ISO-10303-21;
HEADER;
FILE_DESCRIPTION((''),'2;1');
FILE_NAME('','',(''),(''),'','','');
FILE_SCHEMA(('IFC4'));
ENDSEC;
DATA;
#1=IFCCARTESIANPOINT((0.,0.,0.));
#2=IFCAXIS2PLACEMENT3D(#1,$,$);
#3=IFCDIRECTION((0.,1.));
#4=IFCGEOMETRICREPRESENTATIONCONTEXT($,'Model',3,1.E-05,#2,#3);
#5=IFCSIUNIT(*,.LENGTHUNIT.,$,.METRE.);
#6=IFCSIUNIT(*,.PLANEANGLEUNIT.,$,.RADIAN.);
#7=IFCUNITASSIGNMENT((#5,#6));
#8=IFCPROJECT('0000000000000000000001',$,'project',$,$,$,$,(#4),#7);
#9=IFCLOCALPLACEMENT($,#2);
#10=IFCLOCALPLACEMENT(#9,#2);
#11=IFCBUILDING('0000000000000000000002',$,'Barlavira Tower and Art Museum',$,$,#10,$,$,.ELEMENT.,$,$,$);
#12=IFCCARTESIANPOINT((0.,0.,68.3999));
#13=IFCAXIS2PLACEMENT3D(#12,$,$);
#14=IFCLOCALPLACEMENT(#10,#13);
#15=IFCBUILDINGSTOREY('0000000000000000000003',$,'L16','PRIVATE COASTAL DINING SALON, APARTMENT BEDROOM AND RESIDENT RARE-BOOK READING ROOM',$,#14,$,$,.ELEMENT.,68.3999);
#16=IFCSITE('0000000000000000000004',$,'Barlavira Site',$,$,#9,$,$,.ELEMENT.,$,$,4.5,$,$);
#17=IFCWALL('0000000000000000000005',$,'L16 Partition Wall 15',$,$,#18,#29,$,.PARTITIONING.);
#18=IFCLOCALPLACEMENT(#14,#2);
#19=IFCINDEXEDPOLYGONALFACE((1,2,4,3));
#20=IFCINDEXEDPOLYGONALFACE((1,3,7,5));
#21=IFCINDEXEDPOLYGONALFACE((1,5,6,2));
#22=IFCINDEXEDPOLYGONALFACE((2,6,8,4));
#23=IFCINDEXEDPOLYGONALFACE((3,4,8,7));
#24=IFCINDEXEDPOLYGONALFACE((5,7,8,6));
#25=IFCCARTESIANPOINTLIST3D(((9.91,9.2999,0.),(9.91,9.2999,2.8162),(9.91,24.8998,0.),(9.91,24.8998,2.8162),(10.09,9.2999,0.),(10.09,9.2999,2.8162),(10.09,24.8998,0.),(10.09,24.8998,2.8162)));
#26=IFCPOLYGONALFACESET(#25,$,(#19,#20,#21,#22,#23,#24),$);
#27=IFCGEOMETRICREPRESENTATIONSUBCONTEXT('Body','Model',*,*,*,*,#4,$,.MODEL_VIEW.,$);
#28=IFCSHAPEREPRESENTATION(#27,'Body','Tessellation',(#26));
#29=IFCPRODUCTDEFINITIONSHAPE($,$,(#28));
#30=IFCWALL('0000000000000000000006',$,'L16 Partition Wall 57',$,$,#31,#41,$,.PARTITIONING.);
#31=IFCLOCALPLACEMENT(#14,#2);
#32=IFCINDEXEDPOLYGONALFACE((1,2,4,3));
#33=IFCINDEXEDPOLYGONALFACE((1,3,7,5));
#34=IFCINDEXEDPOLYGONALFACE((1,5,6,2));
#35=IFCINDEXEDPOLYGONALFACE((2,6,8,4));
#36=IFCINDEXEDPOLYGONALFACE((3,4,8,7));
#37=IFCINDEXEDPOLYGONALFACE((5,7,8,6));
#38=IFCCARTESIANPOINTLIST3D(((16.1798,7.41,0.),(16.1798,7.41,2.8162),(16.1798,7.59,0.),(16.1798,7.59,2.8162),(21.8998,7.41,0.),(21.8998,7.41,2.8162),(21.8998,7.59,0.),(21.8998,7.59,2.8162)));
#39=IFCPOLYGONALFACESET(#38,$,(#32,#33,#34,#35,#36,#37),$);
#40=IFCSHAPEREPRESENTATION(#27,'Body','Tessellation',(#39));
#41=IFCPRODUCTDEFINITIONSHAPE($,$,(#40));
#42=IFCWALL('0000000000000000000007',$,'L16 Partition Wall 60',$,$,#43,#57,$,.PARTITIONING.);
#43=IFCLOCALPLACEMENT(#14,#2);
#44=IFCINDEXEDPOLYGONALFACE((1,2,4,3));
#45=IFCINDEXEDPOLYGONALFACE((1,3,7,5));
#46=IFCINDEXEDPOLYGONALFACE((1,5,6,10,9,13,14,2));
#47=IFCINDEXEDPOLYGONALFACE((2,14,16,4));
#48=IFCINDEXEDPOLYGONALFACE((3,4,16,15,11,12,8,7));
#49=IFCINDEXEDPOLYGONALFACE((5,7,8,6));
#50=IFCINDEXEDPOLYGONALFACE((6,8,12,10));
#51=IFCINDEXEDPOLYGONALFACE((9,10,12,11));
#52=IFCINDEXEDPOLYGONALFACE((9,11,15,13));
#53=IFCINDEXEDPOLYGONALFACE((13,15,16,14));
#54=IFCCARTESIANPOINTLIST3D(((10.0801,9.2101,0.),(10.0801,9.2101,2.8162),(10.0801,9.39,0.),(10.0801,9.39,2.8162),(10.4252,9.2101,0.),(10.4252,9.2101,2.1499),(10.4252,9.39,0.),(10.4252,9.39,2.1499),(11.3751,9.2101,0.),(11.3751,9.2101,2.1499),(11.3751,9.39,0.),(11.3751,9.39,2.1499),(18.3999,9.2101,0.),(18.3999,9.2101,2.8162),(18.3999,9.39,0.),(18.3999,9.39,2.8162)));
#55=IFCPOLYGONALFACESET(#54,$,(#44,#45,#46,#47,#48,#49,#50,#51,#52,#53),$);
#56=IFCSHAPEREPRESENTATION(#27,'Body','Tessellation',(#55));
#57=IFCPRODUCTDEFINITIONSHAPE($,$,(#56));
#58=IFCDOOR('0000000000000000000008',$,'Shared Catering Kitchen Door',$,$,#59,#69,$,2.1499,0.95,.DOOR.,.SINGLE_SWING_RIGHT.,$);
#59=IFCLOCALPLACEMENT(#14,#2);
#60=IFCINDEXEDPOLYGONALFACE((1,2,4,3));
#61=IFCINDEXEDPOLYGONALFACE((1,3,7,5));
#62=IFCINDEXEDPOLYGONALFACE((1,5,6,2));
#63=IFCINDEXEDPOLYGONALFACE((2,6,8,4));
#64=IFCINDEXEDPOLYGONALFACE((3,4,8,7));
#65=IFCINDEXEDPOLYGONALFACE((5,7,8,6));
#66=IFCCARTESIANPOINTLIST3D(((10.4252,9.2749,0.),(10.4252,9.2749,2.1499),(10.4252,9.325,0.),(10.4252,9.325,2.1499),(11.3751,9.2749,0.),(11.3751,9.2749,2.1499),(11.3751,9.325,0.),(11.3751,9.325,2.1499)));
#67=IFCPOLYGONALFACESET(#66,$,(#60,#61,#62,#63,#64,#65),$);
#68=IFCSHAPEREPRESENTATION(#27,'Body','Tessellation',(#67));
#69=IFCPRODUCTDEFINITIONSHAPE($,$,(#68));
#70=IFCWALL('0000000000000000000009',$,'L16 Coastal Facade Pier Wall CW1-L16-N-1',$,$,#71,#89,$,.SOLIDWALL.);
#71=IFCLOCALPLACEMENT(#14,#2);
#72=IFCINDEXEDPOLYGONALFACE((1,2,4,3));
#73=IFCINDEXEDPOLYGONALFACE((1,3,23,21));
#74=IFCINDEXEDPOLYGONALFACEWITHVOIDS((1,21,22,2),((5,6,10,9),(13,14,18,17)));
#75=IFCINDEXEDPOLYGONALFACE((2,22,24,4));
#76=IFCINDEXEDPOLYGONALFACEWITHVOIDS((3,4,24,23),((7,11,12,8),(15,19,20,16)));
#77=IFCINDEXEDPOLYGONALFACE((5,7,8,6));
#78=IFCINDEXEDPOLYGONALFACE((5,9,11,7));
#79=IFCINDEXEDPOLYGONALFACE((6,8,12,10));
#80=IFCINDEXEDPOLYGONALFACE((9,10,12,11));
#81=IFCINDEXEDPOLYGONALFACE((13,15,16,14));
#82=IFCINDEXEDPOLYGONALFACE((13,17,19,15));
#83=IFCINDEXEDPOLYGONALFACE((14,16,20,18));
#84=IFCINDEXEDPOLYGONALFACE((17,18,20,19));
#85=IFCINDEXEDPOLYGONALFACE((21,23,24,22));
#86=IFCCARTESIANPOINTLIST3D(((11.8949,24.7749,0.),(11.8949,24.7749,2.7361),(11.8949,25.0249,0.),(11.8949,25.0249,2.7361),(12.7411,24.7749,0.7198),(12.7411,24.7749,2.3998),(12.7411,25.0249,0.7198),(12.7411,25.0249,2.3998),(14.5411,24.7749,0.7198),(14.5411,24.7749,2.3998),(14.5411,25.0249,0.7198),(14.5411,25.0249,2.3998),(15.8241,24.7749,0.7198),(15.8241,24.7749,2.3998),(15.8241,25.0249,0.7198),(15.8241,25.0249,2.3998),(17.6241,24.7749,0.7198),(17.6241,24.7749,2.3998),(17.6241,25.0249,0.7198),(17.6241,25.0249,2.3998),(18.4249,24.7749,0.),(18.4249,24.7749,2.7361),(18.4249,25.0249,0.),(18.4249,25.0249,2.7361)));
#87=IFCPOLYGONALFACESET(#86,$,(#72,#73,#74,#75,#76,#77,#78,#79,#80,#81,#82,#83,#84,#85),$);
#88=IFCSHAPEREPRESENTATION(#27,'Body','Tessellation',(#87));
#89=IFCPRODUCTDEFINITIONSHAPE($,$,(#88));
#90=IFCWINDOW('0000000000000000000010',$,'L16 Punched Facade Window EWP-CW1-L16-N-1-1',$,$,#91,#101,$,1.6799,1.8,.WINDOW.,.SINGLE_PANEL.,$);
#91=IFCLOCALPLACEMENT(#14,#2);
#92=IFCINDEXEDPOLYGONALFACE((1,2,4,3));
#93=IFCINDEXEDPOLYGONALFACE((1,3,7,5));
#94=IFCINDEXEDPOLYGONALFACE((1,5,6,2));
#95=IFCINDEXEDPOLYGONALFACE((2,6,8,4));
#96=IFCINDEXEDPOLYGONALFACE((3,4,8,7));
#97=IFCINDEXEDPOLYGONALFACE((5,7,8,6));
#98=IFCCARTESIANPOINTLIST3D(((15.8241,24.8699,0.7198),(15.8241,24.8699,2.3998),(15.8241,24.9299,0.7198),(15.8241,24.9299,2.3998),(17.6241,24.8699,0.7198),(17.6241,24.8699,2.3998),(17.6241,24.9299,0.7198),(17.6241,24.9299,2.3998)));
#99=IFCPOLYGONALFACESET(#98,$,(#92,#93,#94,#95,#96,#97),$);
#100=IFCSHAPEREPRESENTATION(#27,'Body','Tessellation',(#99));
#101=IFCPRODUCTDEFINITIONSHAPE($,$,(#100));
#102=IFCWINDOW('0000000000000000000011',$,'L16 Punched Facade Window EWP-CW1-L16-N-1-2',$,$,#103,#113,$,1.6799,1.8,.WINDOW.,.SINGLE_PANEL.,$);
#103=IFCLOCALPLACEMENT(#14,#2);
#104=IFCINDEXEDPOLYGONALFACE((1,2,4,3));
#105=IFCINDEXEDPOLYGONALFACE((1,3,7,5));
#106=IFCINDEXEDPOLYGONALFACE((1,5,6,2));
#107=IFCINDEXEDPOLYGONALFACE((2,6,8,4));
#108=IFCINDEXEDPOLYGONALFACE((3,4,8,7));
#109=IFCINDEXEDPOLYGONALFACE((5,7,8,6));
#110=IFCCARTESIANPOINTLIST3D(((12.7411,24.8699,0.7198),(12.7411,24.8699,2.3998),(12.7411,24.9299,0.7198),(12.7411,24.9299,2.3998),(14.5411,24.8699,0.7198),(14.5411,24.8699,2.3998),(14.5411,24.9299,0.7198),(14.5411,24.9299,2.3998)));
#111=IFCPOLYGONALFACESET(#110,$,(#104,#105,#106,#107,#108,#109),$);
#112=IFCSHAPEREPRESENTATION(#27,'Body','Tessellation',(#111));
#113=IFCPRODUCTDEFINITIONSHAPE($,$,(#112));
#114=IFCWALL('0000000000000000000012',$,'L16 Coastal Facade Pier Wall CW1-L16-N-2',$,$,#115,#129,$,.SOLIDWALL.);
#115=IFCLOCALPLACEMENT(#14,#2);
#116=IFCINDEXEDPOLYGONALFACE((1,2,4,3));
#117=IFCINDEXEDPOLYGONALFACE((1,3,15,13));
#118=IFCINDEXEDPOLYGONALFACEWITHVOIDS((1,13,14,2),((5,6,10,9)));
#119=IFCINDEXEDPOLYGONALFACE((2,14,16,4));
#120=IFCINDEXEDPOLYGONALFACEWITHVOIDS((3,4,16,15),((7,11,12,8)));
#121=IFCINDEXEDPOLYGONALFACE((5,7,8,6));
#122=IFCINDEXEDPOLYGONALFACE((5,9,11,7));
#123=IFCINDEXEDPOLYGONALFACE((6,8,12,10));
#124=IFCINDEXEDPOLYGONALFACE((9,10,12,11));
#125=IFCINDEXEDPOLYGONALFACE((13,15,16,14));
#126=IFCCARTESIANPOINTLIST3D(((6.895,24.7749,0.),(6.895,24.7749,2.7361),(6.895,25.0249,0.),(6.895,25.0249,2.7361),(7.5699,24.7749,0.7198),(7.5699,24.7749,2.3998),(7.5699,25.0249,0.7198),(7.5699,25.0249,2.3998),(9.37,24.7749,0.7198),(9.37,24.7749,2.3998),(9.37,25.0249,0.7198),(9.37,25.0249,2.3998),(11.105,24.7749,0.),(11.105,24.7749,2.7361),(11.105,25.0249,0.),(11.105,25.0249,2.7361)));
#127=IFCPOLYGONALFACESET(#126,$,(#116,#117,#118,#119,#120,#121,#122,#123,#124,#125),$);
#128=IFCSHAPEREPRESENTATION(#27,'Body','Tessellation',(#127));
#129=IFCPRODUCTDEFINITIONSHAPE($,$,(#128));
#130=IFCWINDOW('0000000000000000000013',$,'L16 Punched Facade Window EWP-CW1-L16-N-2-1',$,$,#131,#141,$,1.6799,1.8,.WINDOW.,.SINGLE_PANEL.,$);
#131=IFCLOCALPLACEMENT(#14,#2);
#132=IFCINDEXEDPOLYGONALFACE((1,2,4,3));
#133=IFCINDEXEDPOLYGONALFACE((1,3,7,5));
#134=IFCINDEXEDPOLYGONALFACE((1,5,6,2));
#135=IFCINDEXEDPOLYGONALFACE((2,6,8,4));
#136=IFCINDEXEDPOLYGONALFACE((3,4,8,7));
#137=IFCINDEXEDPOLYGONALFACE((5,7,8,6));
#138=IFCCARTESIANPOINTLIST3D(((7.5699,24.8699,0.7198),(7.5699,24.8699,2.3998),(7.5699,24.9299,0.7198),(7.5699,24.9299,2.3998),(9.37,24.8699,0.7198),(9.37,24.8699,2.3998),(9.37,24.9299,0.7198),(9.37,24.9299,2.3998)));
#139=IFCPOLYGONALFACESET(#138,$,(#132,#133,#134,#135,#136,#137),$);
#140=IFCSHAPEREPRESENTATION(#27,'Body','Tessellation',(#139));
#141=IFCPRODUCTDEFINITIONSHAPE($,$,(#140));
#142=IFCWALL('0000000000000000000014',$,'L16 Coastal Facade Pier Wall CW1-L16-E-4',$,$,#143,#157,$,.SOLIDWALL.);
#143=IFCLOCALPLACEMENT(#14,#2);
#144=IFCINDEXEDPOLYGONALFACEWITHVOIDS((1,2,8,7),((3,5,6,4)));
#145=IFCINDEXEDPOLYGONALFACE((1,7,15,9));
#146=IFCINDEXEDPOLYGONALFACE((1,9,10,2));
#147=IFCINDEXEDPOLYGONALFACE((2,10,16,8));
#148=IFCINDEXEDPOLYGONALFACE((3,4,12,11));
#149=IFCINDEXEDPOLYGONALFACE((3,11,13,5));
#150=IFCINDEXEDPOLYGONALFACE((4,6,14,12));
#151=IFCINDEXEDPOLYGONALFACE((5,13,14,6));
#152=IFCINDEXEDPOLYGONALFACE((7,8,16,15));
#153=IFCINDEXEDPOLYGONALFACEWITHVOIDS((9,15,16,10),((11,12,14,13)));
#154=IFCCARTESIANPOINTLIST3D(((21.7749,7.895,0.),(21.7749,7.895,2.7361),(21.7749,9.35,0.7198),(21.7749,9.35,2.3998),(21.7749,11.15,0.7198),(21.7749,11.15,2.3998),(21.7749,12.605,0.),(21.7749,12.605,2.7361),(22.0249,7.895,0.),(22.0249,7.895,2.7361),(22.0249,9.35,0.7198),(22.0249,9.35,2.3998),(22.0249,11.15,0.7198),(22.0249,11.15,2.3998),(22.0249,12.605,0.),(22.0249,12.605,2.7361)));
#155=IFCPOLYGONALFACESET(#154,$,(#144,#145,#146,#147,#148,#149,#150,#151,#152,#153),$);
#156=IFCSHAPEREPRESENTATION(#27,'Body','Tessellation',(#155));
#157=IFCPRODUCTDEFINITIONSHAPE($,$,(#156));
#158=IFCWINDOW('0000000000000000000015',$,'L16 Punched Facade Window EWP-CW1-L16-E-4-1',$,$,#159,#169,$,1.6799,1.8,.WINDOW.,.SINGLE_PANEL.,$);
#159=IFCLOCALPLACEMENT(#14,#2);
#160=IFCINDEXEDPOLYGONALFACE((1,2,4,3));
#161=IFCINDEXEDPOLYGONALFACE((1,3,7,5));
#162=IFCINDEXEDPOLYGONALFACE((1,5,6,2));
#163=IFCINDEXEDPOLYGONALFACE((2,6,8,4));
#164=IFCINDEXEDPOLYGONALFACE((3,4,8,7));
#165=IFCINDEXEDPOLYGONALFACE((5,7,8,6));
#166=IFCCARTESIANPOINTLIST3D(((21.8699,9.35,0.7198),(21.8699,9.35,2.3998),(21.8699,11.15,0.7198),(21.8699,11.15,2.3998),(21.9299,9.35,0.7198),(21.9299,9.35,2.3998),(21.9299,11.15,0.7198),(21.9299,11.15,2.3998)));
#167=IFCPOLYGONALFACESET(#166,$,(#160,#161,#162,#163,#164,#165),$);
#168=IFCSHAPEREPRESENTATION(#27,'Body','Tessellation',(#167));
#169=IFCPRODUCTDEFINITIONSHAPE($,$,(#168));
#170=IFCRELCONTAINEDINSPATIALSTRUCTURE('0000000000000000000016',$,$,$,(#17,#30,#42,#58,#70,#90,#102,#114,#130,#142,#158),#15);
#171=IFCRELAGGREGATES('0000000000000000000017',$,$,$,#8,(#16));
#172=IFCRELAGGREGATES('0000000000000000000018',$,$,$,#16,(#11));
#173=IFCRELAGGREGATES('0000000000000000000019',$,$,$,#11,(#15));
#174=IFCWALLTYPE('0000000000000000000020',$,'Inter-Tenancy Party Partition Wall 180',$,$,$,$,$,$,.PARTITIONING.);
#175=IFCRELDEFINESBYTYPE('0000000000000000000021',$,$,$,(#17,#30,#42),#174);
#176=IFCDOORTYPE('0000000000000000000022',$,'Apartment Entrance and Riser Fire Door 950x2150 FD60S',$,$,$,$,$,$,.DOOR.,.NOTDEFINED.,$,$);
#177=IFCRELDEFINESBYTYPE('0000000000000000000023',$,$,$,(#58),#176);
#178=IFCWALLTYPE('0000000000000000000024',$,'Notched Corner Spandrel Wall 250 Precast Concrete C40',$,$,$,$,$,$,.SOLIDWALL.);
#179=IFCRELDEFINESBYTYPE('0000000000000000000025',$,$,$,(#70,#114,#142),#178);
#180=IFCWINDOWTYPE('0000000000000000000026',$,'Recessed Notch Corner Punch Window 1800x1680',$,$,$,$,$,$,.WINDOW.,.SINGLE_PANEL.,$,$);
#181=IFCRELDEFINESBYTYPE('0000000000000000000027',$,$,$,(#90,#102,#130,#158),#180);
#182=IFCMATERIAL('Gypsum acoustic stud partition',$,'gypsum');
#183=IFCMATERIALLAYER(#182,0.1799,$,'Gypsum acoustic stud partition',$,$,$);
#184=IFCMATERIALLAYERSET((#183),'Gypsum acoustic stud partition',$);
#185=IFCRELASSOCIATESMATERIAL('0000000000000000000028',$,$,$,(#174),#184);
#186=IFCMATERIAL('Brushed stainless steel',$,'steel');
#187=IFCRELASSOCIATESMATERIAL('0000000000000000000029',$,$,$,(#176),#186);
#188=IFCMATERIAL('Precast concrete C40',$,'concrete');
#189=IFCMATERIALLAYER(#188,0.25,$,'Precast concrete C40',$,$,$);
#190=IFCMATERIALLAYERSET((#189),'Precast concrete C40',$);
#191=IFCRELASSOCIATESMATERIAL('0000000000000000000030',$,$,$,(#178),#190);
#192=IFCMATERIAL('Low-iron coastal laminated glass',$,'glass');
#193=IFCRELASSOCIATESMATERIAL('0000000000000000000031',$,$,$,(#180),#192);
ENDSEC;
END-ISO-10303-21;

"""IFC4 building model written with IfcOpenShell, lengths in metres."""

from ifc_helpers import new_model, si_unit, direction, frame, frame_2d, origin, place, context, subcontext, project, spatial, rectangle, extrude, material, layer, layer_set, type_object, element, fill, save


model = new_model("IFC4")

# Units and contexts
model_context = context("Model", 3, precision=1e-05, world=origin(), true_north=direction((0.0, 1.0)))
body_context = subcontext(model_context, "Body", "Model", "MODEL_VIEW")
ifc_project = project(units=[si_unit("LENGTHUNIT", "METRE"), si_unit("PLANEANGLEUNIT", "RADIAN")], contexts=[model_context])

# Site, building, storey
site_placement = place(None, origin())
site = spatial("IfcSite", under=ifc_project, at=site_placement, Name="Barlavira Site", CompositionType="ELEMENT", RefElevation=4.5)
building_placement = place(site_placement, origin())
building = spatial("IfcBuilding", under=site, at=building_placement, Name="Barlavira Tower and Art Museum", CompositionType="ELEMENT")
storey_placement = place(building_placement, frame((0.0, 0.0, 68.3999)))
storey = spatial("IfcBuildingStorey", under=building, at=storey_placement, Name="L16", Description="PRIVATE COASTAL DINING SALON, APARTMENT BEDROOM AND RESIDENT RARE-BOOK READING ROOM", CompositionType="ELEMENT", Elevation=68.3999)

# Walls
ifc_material_1 = material(Name="Gypsum acoustic stud partition", Category="gypsum")
ifc_layer_1 = layer(ifc_material_1, 0.1799, Name="Gypsum acoustic stud partition")
ifc_layer_set_1 = layer_set([ifc_layer_1], Name="Gypsum acoustic stud partition")
wall_type_1 = type_object("IfcWallType", Name="Inter-Tenancy Party Partition Wall 180", PredefinedType="PARTITIONING", material=ifc_layer_set_1)
wall_1_placement = place(storey_placement, frame((10.0, 9.3, 0.0), z_axis=(0.0, 0.0, 1.0), x_axis=(0.0, 1.0, 0.0)))
element("IfcWall", 1, at=wall_1_placement, inside=storey, type_object=wall_type_1, Name="L16 Partition Wall 15", PredefinedType="PARTITIONING", context=body_context, shape_type="SweptSolid", body=[
    extrude(rectangle(XDim=15.5999, YDim=0.1799, at=frame_2d((7.7998, 0.0))), origin(), (0.0, 0.0, 1.0), 2.8162),
])
wall_2_placement = place(storey_placement, frame((16.1799, 7.5, 0.0), z_axis=(0.0, 0.0, 1.0), x_axis=(1.0, 0.0, 0.0)))
element("IfcWall", 2, at=wall_2_placement, inside=storey, type_object=wall_type_1, Name="L16 Partition Wall 57", PredefinedType="PARTITIONING", context=body_context, shape_type="SweptSolid", body=[
    extrude(rectangle(XDim=5.72, YDim=0.1799, at=frame_2d((2.8599, 0.0))), origin(), (0.0, 0.0, 1.0), 2.8162),
])

# Wall, opening, door
wall_3_placement = place(storey_placement, frame((10.0801, 9.3, 0.0), z_axis=(0.0, 0.0, 1.0), x_axis=(1.0, 0.0, 0.0)))
wall_3 = element("IfcWall", 3, at=wall_3_placement, inside=storey, type_object=wall_type_1, Name="L16 Partition Wall 60", PredefinedType="PARTITIONING", context=body_context, shape_type="SweptSolid", body=[
    extrude(rectangle(XDim=8.3198, YDim=0.1799, at=frame_2d((4.1599, 0.0))), origin(), (0.0, 0.0, 1.0), 2.8162),
])
opening_1_placement = place(wall_3_placement, frame((0.345, 0.0, 0.0)))
opening_1 = element("IfcOpeningElement", 4, at=opening_1_placement, cuts=wall_3, PredefinedType="OPENING", context=body_context, shape_type="SweptSolid", body=[
    extrude(rectangle(XDim=0.95, YDim=2.1499, at=frame_2d((0.4751, 1.075))), frame((0.0, 0.1001, 0.0), z_axis=(0.0, -1.0, 0.0), x_axis=(1.0, 0.0, 0.0)), (0.0, 0.0, 1.0), 0.2),
])
ifc_material_2 = material(Name="Brushed stainless steel", Category="steel")
door_type = type_object("IfcDoorType", Name="Apartment Entrance and Riser Fire Door 950x2150 FD60S", OperationType="NOTDEFINED", PredefinedType="DOOR", material=ifc_material_2)
door_placement = place(opening_1_placement, origin())
door = element("IfcDoor", 5, at=door_placement, inside=storey, type_object=door_type, Name="Shared Catering Kitchen Door", OperationType="SINGLE_SWING_RIGHT", OverallHeight=2.1499, OverallWidth=0.95, PredefinedType="DOOR", context=body_context, shape_type="SweptSolid", body=[
    extrude(rectangle(XDim=0.95, YDim=2.1499, at=frame_2d((0.4751, 1.075))), frame((0.0, 0.0249, 0.0), z_axis=(0.0, -1.0, 0.0), x_axis=(1.0, 0.0, 0.0)), (0.0, 0.0, 1.0), 0.05),
])
fill(opening_1, door)

# Wall, openings, windows
ifc_material_3 = material(Name="Precast concrete C40", Category="concrete")
ifc_layer_2 = layer(ifc_material_3, 0.25, Name="Precast concrete C40")
ifc_layer_set_2 = layer_set([ifc_layer_2], Name="Precast concrete C40")
wall_type_2 = type_object("IfcWallType", Name="Notched Corner Spandrel Wall 250 Precast Concrete C40", PredefinedType="SOLIDWALL", material=ifc_layer_set_2)
wall_4_placement = place(storey_placement, frame((18.425, 24.8999, 0.0), z_axis=(0.0, 0.0, 1.0), x_axis=(-1.0, 0.0, 0.0)))
wall_4 = element("IfcWall", 6, at=wall_4_placement, inside=storey, type_object=wall_type_2, Name="L16 Coastal Facade Pier Wall CW1-L16-N-1", PredefinedType="SOLIDWALL", context=body_context, shape_type="SweptSolid", body=[
    extrude(rectangle(XDim=6.53, YDim=0.25, at=frame_2d((3.2651, 0.0))), origin(), (0.0, 0.0, 1.0), 2.7361),
])
opening_2_placement = place(wall_4_placement, frame((0.801, 0.0, 0.72)))
opening_2 = element("IfcOpeningElement", 7, at=opening_2_placement, cuts=wall_4, PredefinedType="OPENING", context=body_context, shape_type="SweptSolid", body=[
    extrude(rectangle(XDim=1.8, YDim=1.6799, at=frame_2d((0.8999, 0.8398))), frame((0.0, 0.135, 0.0), z_axis=(0.0, -1.0, 0.0), x_axis=(1.0, 0.0, 0.0)), (0.0, 0.0, 1.0), 0.27),
])
opening_3_placement = place(wall_4_placement, frame((3.884, 0.0, 0.72)))
opening_3 = element("IfcOpeningElement", 8, at=opening_3_placement, cuts=wall_4, PredefinedType="OPENING", context=body_context, shape_type="SweptSolid", body=[
    extrude(rectangle(XDim=1.8, YDim=1.6799, at=frame_2d((0.8999, 0.8398))), frame((0.0, 0.135, 0.0), z_axis=(0.0, -1.0, 0.0), x_axis=(1.0, 0.0, 0.0)), (0.0, 0.0, 1.0), 0.27),
])
ifc_material_4 = material(Name="Low-iron coastal laminated glass", Category="glass")
window_type = type_object("IfcWindowType", Name="Recessed Notch Corner Punch Window 1800x1680", PartitioningType="SINGLE_PANEL", PredefinedType="WINDOW", material=ifc_material_4)
window_1_placement = place(opening_2_placement, origin())
window_1 = element("IfcWindow", 9, at=window_1_placement, inside=storey, type_object=window_type, Name="L16 Punched Facade Window EWP-CW1-L16-N-1-1", OverallHeight=1.6799, OverallWidth=1.8, PartitioningType="SINGLE_PANEL", PredefinedType="WINDOW", context=body_context, shape_type="SweptSolid", body=[
    extrude(rectangle(XDim=1.8, YDim=1.6799, at=frame_2d((0.8999, 0.8398))), frame((0.0, 0.03, 0.0), z_axis=(0.0, -1.0, 0.0), x_axis=(1.0, 0.0, 0.0)), (0.0, 0.0, 1.0), 0.0601),
])
fill(opening_2, window_1)
window_2_placement = place(opening_3_placement, origin())
window_2 = element("IfcWindow", 10, at=window_2_placement, inside=storey, type_object=window_type, Name="L16 Punched Facade Window EWP-CW1-L16-N-1-2", OverallHeight=1.6799, OverallWidth=1.8, PartitioningType="SINGLE_PANEL", PredefinedType="WINDOW", context=body_context, shape_type="SweptSolid", body=[
    extrude(rectangle(XDim=1.8, YDim=1.6799, at=frame_2d((0.8999, 0.8398))), frame((0.0, 0.03, 0.0), z_axis=(0.0, -1.0, 0.0), x_axis=(1.0, 0.0, 0.0)), (0.0, 0.0, 1.0), 0.0601),
])
fill(opening_3, window_2)

# Walls, openings, windows
wall_5_placement = place(storey_placement, frame((11.105, 24.8999, 0.0), z_axis=(0.0, 0.0, 1.0), x_axis=(-1.0, 0.0, 0.0)))
wall_5 = element("IfcWall", 11, at=wall_5_placement, inside=storey, type_object=wall_type_2, Name="L16 Coastal Facade Pier Wall CW1-L16-N-2", PredefinedType="SOLIDWALL", context=body_context, shape_type="SweptSolid", body=[
    extrude(rectangle(XDim=4.21, YDim=0.25, at=frame_2d((2.105, 0.0))), origin(), (0.0, 0.0, 1.0), 2.7361),
])
opening_4_placement = place(wall_5_placement, frame((1.7351, 0.0, 0.72)))
opening_4 = element("IfcOpeningElement", 12, at=opening_4_placement, cuts=wall_5, PredefinedType="OPENING", context=body_context, shape_type="SweptSolid", body=[
    extrude(rectangle(XDim=1.8, YDim=1.6799, at=frame_2d((0.8999, 0.8398))), frame((0.0, 0.135, 0.0), z_axis=(0.0, -1.0, 0.0), x_axis=(1.0, 0.0, 0.0)), (0.0, 0.0, 1.0), 0.27),
])
window_3_placement = place(opening_4_placement, origin())
window_3 = element("IfcWindow", 13, at=window_3_placement, inside=storey, type_object=window_type, Name="L16 Punched Facade Window EWP-CW1-L16-N-2-1", OverallHeight=1.6799, OverallWidth=1.8, PartitioningType="SINGLE_PANEL", PredefinedType="WINDOW", context=body_context, shape_type="SweptSolid", body=[
    extrude(rectangle(XDim=1.8, YDim=1.6799, at=frame_2d((0.8999, 0.8398))), frame((0.0, 0.03, 0.0), z_axis=(0.0, -1.0, 0.0), x_axis=(1.0, 0.0, 0.0)), (0.0, 0.0, 1.0), 0.0601),
])
fill(opening_4, window_3)
wall_6_placement = place(storey_placement, frame((21.8999, 7.895, 0.0), z_axis=(0.0, 0.0, 1.0), x_axis=(0.0, 1.0, 0.0)))
wall_6 = element("IfcWall", 14, at=wall_6_placement, inside=storey, type_object=wall_type_2, Name="L16 Coastal Facade Pier Wall CW1-L16-E-4", PredefinedType="SOLIDWALL", context=body_context, shape_type="SweptSolid", body=[
    extrude(rectangle(XDim=4.71, YDim=0.25, at=frame_2d((2.355, 0.0))), origin(), (0.0, 0.0, 1.0), 2.7361),
])
opening_5_placement = place(wall_6_placement, frame((1.4551, 0.0, 0.72)))
opening_5 = element("IfcOpeningElement", 15, at=opening_5_placement, cuts=wall_6, PredefinedType="OPENING", context=body_context, shape_type="SweptSolid", body=[
    extrude(rectangle(XDim=1.8, YDim=1.6799, at=frame_2d((0.8999, 0.8398))), frame((0.0, 0.135, 0.0), z_axis=(0.0, -1.0, 0.0), x_axis=(1.0, 0.0, 0.0)), (0.0, 0.0, 1.0), 0.27),
])
window_4_placement = place(opening_5_placement, origin())
window_4 = element("IfcWindow", 16, at=window_4_placement, inside=storey, type_object=window_type, Name="L16 Punched Facade Window EWP-CW1-L16-E-4-1", OverallHeight=1.6799, OverallWidth=1.8, PartitioningType="SINGLE_PANEL", PredefinedType="WINDOW", context=body_context, shape_type="SweptSolid", body=[
    extrude(rectangle(XDim=1.8, YDim=1.6799, at=frame_2d((0.8999, 0.8398))), frame((0.0, 0.03, 0.0), z_axis=(0.0, -1.0, 0.0), x_axis=(1.0, 0.0, 0.0)), (0.0, 0.0, 1.0), 0.0601),
])
fill(opening_5, window_4)

save(model, "model.ifc")
